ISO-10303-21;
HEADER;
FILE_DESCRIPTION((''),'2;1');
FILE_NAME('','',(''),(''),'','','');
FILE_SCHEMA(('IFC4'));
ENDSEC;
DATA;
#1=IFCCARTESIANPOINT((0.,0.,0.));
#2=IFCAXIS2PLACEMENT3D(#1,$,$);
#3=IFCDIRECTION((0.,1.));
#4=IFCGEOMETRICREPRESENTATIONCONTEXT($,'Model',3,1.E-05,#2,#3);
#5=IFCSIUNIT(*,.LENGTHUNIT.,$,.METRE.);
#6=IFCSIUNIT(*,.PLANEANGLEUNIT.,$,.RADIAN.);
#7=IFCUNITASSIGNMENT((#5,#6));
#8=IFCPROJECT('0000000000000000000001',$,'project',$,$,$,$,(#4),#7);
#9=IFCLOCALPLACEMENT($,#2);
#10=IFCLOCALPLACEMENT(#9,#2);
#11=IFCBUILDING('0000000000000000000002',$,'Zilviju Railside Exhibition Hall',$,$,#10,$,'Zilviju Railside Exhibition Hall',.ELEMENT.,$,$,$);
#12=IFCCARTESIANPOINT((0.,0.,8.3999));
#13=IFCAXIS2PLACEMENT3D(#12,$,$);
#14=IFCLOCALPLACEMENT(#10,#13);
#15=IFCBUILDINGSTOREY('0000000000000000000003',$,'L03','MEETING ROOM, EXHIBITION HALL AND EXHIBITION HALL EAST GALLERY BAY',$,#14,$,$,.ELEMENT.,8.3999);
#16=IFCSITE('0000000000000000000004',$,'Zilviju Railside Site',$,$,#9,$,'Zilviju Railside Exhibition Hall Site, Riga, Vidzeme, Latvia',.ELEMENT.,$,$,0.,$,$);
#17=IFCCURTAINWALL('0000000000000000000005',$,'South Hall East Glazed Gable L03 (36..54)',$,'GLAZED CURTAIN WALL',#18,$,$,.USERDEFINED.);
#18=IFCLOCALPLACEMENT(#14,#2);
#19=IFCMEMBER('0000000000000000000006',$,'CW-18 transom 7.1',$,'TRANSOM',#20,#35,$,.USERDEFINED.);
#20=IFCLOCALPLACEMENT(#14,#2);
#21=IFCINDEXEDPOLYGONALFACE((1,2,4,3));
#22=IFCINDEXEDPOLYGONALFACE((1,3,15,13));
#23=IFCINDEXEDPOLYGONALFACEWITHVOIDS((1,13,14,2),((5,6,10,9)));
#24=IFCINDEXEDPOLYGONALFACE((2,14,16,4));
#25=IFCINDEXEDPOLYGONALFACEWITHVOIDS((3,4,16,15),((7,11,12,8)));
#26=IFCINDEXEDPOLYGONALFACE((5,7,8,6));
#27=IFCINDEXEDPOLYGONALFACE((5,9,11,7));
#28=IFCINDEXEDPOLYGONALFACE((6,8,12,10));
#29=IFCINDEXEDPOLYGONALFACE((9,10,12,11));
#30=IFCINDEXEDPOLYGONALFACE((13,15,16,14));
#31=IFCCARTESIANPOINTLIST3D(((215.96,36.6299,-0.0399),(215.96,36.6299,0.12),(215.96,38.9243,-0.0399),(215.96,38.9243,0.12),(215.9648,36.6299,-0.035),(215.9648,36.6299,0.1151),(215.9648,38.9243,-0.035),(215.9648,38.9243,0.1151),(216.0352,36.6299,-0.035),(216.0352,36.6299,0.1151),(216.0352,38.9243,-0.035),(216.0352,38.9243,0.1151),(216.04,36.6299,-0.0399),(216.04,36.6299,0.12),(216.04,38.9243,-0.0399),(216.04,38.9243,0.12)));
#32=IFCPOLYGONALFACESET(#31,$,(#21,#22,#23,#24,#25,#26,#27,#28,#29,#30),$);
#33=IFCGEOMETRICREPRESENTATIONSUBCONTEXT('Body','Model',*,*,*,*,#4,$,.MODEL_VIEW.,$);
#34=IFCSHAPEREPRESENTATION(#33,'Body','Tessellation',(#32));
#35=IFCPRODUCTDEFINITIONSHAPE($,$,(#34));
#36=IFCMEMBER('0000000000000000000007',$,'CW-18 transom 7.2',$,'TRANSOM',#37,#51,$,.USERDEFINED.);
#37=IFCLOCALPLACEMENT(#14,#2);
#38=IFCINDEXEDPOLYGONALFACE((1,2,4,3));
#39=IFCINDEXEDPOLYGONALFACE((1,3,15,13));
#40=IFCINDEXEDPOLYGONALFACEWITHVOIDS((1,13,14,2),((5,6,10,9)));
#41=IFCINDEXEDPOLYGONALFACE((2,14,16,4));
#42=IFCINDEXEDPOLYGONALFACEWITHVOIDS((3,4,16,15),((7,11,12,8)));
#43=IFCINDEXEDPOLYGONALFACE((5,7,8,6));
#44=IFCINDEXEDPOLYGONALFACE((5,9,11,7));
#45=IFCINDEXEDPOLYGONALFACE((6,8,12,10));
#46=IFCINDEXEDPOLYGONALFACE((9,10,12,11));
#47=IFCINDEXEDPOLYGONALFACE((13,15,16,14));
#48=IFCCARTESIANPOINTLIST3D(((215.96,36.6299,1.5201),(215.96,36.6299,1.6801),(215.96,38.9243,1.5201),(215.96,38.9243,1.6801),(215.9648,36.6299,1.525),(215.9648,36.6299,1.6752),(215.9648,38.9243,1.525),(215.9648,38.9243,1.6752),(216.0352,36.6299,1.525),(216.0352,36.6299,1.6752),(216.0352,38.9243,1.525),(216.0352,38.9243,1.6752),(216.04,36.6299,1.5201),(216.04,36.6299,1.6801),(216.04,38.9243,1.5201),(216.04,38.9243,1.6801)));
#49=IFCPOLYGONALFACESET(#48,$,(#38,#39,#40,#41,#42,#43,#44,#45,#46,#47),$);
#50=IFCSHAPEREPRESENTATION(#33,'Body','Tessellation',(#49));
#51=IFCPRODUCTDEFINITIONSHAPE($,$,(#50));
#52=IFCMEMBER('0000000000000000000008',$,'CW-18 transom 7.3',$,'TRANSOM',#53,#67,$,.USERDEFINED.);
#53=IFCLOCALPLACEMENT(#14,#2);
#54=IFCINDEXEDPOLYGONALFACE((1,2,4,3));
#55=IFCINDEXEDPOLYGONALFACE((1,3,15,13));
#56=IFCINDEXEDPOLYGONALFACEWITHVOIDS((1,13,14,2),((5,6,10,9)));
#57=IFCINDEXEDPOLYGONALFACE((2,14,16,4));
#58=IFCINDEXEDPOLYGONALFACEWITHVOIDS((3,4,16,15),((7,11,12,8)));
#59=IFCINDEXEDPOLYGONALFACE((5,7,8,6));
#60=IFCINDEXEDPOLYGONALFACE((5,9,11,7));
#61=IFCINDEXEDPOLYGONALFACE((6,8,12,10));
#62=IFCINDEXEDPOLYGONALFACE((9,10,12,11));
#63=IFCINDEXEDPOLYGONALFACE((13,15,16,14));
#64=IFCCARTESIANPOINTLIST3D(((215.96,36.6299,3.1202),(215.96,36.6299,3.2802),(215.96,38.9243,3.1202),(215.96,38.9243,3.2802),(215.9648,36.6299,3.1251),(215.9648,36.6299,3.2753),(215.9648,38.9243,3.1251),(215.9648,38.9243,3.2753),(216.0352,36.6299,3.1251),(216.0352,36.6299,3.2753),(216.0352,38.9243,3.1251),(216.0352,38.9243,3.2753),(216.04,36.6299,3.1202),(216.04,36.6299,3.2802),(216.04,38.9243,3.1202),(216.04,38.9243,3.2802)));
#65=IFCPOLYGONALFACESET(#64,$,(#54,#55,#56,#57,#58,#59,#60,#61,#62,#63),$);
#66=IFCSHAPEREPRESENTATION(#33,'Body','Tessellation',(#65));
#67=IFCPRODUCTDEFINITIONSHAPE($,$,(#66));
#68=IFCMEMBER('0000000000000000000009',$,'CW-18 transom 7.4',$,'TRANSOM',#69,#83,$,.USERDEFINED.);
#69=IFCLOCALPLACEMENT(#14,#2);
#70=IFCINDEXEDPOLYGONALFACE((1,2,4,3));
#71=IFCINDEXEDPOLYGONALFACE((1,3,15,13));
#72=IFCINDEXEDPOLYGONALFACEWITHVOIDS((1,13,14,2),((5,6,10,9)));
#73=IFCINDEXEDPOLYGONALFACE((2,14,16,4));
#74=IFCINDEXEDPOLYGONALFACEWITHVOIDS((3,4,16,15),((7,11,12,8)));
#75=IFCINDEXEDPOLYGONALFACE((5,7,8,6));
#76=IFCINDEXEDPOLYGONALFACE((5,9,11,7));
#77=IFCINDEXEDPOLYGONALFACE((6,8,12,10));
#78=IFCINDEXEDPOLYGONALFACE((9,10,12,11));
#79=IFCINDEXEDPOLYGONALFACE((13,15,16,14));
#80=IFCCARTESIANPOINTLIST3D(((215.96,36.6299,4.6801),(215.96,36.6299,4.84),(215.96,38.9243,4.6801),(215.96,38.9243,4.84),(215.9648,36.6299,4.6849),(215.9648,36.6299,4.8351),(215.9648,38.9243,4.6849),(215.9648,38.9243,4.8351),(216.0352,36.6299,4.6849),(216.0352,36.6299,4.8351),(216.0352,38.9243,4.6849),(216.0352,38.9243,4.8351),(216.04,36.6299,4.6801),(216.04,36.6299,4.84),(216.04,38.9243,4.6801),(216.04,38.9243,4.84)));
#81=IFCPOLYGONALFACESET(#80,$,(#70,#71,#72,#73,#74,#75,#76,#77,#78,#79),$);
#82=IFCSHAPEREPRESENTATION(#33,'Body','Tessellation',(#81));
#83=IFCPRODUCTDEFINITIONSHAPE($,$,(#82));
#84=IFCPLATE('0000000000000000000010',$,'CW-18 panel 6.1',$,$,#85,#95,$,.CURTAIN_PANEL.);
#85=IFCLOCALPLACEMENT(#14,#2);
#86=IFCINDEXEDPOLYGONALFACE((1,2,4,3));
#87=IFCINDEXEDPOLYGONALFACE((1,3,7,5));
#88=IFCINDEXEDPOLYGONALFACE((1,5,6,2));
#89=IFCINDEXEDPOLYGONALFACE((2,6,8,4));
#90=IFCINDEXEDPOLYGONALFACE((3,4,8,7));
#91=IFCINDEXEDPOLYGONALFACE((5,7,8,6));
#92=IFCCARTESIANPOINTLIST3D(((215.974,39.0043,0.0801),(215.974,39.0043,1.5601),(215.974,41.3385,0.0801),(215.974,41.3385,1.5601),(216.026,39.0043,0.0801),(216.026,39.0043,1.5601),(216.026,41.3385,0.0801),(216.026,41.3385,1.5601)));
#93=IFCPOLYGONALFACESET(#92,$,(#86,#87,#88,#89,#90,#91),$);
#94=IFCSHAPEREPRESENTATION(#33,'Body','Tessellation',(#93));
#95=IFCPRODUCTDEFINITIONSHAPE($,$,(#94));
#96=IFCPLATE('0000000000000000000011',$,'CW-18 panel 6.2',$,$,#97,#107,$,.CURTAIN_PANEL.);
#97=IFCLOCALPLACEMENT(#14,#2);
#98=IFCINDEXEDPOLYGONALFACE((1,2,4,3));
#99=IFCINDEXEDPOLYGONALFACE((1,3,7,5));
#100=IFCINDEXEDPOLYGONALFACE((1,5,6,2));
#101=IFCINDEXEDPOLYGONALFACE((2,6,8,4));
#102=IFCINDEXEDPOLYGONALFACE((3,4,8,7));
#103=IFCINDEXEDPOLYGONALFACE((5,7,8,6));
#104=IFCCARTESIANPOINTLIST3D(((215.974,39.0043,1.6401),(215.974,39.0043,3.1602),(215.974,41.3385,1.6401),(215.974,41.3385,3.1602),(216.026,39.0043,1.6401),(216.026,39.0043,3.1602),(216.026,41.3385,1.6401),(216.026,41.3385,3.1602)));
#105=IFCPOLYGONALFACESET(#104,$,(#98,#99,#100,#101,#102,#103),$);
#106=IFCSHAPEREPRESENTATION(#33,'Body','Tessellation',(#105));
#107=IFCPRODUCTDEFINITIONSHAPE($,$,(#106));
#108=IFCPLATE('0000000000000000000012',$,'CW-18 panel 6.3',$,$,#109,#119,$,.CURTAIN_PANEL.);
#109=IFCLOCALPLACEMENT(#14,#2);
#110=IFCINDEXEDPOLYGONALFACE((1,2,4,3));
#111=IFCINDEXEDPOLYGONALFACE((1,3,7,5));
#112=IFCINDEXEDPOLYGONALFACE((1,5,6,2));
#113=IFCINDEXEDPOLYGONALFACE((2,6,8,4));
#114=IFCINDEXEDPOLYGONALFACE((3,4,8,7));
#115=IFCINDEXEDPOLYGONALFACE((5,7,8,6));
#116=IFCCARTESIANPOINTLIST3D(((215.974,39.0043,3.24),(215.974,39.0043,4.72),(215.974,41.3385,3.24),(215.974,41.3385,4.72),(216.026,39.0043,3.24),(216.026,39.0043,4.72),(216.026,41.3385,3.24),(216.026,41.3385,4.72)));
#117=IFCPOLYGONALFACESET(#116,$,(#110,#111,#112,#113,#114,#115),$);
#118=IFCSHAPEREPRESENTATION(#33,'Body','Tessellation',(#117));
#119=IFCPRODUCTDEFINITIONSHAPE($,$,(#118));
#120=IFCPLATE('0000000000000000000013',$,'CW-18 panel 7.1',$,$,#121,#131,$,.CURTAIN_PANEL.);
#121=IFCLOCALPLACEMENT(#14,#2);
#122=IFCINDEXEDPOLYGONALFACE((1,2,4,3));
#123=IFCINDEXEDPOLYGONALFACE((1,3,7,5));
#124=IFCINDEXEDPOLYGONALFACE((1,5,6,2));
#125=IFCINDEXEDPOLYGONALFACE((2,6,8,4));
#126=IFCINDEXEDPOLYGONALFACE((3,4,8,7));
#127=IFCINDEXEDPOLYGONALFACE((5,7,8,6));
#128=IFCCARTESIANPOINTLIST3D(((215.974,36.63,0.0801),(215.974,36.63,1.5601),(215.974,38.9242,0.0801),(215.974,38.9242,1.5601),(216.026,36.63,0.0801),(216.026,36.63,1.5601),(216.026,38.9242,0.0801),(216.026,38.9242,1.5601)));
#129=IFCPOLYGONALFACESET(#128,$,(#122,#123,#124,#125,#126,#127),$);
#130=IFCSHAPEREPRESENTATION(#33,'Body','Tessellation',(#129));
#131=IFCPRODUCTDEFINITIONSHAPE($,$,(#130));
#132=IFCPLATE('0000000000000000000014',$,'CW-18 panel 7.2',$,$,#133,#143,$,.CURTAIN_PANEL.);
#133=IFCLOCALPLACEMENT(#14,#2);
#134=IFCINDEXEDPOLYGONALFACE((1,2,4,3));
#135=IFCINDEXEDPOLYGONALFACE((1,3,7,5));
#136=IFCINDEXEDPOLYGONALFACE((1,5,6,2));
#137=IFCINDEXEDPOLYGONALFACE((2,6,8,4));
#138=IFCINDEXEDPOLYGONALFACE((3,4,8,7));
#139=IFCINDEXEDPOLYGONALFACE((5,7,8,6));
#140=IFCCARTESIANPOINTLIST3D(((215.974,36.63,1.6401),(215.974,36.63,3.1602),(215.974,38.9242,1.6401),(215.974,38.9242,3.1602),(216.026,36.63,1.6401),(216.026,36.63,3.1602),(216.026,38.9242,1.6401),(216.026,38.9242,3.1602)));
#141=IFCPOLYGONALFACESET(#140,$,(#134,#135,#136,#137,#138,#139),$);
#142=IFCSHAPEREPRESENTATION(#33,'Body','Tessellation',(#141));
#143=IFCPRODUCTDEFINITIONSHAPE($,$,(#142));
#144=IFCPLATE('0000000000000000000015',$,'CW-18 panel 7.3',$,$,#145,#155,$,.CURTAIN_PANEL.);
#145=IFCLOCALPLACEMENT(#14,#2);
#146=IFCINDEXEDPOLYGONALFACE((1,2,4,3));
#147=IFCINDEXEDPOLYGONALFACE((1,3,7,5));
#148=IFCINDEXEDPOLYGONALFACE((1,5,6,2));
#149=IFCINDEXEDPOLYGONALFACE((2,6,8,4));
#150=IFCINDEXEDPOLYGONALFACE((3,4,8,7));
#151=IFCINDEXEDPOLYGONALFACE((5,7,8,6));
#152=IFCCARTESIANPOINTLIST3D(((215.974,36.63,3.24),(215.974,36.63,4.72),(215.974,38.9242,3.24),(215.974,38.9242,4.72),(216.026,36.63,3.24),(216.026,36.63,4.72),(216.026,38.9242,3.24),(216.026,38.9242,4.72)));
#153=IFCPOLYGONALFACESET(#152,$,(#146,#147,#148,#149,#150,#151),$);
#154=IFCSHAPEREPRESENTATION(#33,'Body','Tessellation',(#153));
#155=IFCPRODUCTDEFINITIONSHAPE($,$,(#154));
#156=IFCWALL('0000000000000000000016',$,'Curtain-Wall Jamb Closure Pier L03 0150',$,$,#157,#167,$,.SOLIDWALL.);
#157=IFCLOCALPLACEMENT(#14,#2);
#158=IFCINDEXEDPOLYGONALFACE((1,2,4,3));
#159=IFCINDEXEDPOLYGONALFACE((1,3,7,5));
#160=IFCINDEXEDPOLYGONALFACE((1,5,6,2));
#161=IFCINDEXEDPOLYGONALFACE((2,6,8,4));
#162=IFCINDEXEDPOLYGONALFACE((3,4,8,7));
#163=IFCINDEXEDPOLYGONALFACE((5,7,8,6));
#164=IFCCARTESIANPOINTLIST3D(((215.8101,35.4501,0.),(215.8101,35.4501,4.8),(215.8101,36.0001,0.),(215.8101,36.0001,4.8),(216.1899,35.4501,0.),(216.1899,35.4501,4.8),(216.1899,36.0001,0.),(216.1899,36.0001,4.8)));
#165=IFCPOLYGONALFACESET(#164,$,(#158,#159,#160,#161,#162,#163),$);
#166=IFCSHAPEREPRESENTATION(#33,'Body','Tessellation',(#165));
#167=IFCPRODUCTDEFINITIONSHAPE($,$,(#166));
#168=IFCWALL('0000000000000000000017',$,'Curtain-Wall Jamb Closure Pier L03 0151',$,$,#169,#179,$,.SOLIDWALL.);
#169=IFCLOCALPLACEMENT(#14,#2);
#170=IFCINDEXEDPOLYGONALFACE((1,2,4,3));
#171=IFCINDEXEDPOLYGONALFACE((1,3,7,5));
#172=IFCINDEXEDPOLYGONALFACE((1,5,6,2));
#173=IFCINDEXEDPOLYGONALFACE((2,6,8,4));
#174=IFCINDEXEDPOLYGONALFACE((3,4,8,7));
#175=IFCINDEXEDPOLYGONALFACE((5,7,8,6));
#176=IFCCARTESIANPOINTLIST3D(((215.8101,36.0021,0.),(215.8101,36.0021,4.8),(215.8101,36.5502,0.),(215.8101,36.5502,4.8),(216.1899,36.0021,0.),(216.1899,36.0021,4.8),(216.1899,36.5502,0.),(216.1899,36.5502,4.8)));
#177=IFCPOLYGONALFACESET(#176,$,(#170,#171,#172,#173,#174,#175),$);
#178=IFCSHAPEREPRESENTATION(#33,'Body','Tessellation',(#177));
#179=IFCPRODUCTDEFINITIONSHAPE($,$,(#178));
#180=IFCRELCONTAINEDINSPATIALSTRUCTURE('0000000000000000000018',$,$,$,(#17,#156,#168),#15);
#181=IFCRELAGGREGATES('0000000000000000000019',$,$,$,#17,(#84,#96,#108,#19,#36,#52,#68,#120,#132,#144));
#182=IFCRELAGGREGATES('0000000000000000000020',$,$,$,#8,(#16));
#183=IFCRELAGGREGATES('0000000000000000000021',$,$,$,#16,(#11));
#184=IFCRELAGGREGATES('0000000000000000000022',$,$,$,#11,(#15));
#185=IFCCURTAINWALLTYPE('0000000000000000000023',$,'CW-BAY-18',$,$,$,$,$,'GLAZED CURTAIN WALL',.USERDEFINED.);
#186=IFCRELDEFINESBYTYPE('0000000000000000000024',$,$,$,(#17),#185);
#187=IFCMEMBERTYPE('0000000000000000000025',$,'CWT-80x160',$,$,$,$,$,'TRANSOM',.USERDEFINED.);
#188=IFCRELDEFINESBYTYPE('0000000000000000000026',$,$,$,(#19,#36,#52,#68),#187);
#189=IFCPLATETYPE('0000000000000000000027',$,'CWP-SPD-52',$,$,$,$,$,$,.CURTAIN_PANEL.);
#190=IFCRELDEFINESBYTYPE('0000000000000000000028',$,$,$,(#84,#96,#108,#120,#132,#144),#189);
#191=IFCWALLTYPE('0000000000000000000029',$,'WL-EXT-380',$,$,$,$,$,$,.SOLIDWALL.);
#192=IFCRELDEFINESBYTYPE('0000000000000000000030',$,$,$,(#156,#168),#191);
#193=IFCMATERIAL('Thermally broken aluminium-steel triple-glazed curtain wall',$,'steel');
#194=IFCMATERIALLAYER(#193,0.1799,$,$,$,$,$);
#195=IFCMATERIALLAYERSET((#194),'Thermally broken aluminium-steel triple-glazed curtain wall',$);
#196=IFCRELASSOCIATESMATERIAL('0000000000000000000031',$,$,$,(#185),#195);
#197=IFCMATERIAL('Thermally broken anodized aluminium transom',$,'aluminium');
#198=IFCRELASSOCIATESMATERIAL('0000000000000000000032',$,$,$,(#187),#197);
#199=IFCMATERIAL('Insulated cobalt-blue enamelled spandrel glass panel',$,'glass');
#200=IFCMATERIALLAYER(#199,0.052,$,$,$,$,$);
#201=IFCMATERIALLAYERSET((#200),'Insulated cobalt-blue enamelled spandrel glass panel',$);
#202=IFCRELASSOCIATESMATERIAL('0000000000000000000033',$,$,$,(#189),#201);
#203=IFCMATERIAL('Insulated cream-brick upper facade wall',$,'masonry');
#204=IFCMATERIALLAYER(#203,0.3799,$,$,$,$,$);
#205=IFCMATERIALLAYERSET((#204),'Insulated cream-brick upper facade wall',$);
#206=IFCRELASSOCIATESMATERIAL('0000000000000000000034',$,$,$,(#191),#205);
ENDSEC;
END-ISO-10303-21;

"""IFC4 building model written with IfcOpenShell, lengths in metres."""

from ifc_helpers import new_model, si_unit, direction, frame, frame_2d, origin, origin_2d, place, context, subcontext, project, spatial, rectangle, hollow_rectangle, extrude, material, layer, layer_set, material_profile, profile_set, type_object, element, aggregate, save


model = new_model("IFC4")

# Units and contexts
model_context = context("Model", 3, precision=1e-05, world=origin(), true_north=direction((0.0, 1.0)))
body_context = subcontext(model_context, "Body", "Model", "MODEL_VIEW")
ifc_project = project(units=[si_unit("LENGTHUNIT", "METRE"), si_unit("PLANEANGLEUNIT", "RADIAN")], contexts=[model_context])

# Site, building, storey
site_placement = place(None, origin())
site = spatial("IfcSite", under=ifc_project, at=site_placement, Name="Zilviju Railside Site", LongName="Zilviju Railside Exhibition Hall Site, Riga, Vidzeme, Latvia", CompositionType="ELEMENT", RefElevation=0.0)
building_placement = place(site_placement, origin())
building = spatial("IfcBuilding", under=site, at=building_placement, Name="Zilviju Railside Exhibition Hall", LongName="Zilviju Railside Exhibition Hall", CompositionType="ELEMENT")
storey_placement = place(building_placement, frame((0.0, 0.0, 8.3999)))
storey = spatial("IfcBuildingStorey", under=building, at=storey_placement, Name="L03", Description="MEETING ROOM, EXHIBITION HALL AND EXHIBITION HALL EAST GALLERY BAY", CompositionType="ELEMENT", Elevation=8.3999)

# Shared definitions
ifc_material_1 = material(Name="Thermally broken aluminium-steel triple-glazed curtain wall", Category="steel")

# Curtain wall
ifc_layer_1 = layer(ifc_material_1, 0.1799)
ifc_layer_set_1 = layer_set([ifc_layer_1], Name="Thermally broken aluminium-steel triple-glazed curtain wall")
curtain_wall_type_1 = type_object("IfcCurtainWallType", Name="CW-BAY-18", ElementType="GLAZED CURTAIN WALL", PredefinedType="USERDEFINED", material=ifc_layer_set_1)
curtain_wall_1_placement = place(storey_placement, origin())
curtain_wall_1 = element("IfcCurtainWall", 1, at=curtain_wall_1_placement, inside=storey, type_object=curtain_wall_type_1, Name="South Hall East Glazed Gable L03 (36..54)", ObjectType="GLAZED CURTAIN WALL", PredefinedType="USERDEFINED")

# Members
ifc_material_2 = material(Name="Thermally broken anodized aluminium transom", Category="aluminium")
ifc_material_profile_1 = material_profile(ifc_material_2, hollow_rectangle(XDim=0.0801, YDim=0.1599, WallThickness=0.0049, at=origin_2d()), Name="TRANSOM 160x80x5")
ifc_profile_set_1 = profile_set([ifc_material_profile_1], Name="Thermally broken anodized aluminium transom")
member_type_1 = type_object("IfcMemberType", Name="CWT-80x160", ElementType="TRANSOM", PredefinedType="USERDEFINED", material=ifc_profile_set_1)
member_1_placement = place(storey_placement, frame((216.0, 38.9243, 0.04), z_axis=(0.0, -1.0, 0.0), x_axis=(1.0, 0.0, 0.0)))
member_1 = element("IfcMember", 2, at=member_1_placement, type_object=member_type_1, Name="CW-18 transom 7.1", ObjectType="TRANSOM", PredefinedType="USERDEFINED", context=body_context, shape_type="SweptSolid", body=[
    extrude(hollow_rectangle(XDim=0.0801, YDim=0.1599, WallThickness=0.0049, at=origin_2d()), origin(), (0.0, 0.0, 1.0), 2.2944),
])
member_2_placement = place(storey_placement, frame((216.0, 38.9243, 1.6001), z_axis=(0.0, -1.0, 0.0), x_axis=(1.0, 0.0, 0.0)))
member_2 = element("IfcMember", 3, at=member_2_placement, type_object=member_type_1, Name="CW-18 transom 7.2", ObjectType="TRANSOM", PredefinedType="USERDEFINED", context=body_context, shape_type="SweptSolid", body=[
    extrude(hollow_rectangle(XDim=0.0801, YDim=0.1599, WallThickness=0.0049, at=origin_2d()), origin(), (0.0, 0.0, 1.0), 2.2944),
])
member_3_placement = place(storey_placement, frame((216.0, 38.9243, 3.2002), z_axis=(0.0, -1.0, 0.0), x_axis=(1.0, 0.0, 0.0)))
member_3 = element("IfcMember", 4, at=member_3_placement, type_object=member_type_1, Name="CW-18 transom 7.3", ObjectType="TRANSOM", PredefinedType="USERDEFINED", context=body_context, shape_type="SweptSolid", body=[
    extrude(hollow_rectangle(XDim=0.0801, YDim=0.1599, WallThickness=0.0049, at=origin_2d()), origin(), (0.0, 0.0, 1.0), 2.2944),
])
member_4_placement = place(storey_placement, frame((216.0, 38.9243, 4.76), z_axis=(0.0, -1.0, 0.0), x_axis=(1.0, 0.0, 0.0)))
member_4 = element("IfcMember", 5, at=member_4_placement, type_object=member_type_1, Name="CW-18 transom 7.4", ObjectType="TRANSOM", PredefinedType="USERDEFINED", context=body_context, shape_type="SweptSolid", body=[
    extrude(hollow_rectangle(XDim=0.0801, YDim=0.1599, WallThickness=0.0049, at=origin_2d()), origin(), (0.0, 0.0, 1.0), 2.2944),
])

# Plates
ifc_material_3 = material(Name="Insulated cobalt-blue enamelled spandrel glass panel", Category="glass")
ifc_layer_2 = layer(ifc_material_3, 0.052)
ifc_layer_set_2 = layer_set([ifc_layer_2], Name="Insulated cobalt-blue enamelled spandrel glass panel")
plate_type = type_object("IfcPlateType", Name="CWP-SPD-52", PredefinedType="CURTAIN_PANEL", material=ifc_layer_set_2)
plate_1_placement = place(storey_placement, frame((216.0, 40.1714, 0.0801), z_axis=(0.0, 0.0, 1.0), x_axis=(0.0, -1.0, 0.0)))
plate_1 = element("IfcPlate", 6, at=plate_1_placement, type_object=plate_type, Name="CW-18 panel 6.1", PredefinedType="CURTAIN_PANEL", context=body_context, shape_type="SweptSolid", body=[
    extrude(rectangle(XDim=2.3342, YDim=0.052, at=origin_2d()), origin(), (0.0, 0.0, 1.0), 1.48),
])
plate_2_placement = place(storey_placement, frame((216.0, 40.1714, 1.6401), z_axis=(0.0, 0.0, 1.0), x_axis=(0.0, -1.0, 0.0)))
plate_2 = element("IfcPlate", 7, at=plate_2_placement, type_object=plate_type, Name="CW-18 panel 6.2", PredefinedType="CURTAIN_PANEL", context=body_context, shape_type="SweptSolid", body=[
    extrude(rectangle(XDim=2.3342, YDim=0.052, at=origin_2d()), origin(), (0.0, 0.0, 1.0), 1.52),
])
plate_3_placement = place(storey_placement, frame((216.0, 40.1714, 3.24), z_axis=(0.0, 0.0, 1.0), x_axis=(0.0, -1.0, 0.0)))
plate_3 = element("IfcPlate", 8, at=plate_3_placement, type_object=plate_type, Name="CW-18 panel 6.3", PredefinedType="CURTAIN_PANEL", context=body_context, shape_type="SweptSolid", body=[
    extrude(rectangle(XDim=2.3342, YDim=0.052, at=origin_2d()), origin(), (0.0, 0.0, 1.0), 1.48),
])
plate_4_placement = place(storey_placement, frame((216.0, 37.7771, 0.0801), z_axis=(0.0, 0.0, 1.0), x_axis=(0.0, -1.0, 0.0)))
plate_4 = element("IfcPlate", 9, at=plate_4_placement, type_object=plate_type, Name="CW-18 panel 7.1", PredefinedType="CURTAIN_PANEL", context=body_context, shape_type="SweptSolid", body=[
    extrude(rectangle(XDim=2.2942, YDim=0.052, at=origin_2d()), origin(), (0.0, 0.0, 1.0), 1.48),
])
plate_5_placement = place(storey_placement, frame((216.0, 37.7771, 1.6401), z_axis=(0.0, 0.0, 1.0), x_axis=(0.0, -1.0, 0.0)))
plate_5 = element("IfcPlate", 10, at=plate_5_placement, type_object=plate_type, Name="CW-18 panel 7.2", PredefinedType="CURTAIN_PANEL", context=body_context, shape_type="SweptSolid", body=[
    extrude(rectangle(XDim=2.2942, YDim=0.052, at=origin_2d()), origin(), (0.0, 0.0, 1.0), 1.52),
])
plate_6_placement = place(storey_placement, frame((216.0, 37.7771, 3.24), z_axis=(0.0, 0.0, 1.0), x_axis=(0.0, -1.0, 0.0)))
plate_6 = element("IfcPlate", 11, at=plate_6_placement, type_object=plate_type, Name="CW-18 panel 7.3", PredefinedType="CURTAIN_PANEL", context=body_context, shape_type="SweptSolid", body=[
    extrude(rectangle(XDim=2.2942, YDim=0.052, at=origin_2d()), origin(), (0.0, 0.0, 1.0), 1.48),
])
aggregate(curtain_wall_1, [plate_1, plate_2, plate_3, member_1, member_2, member_3, member_4, plate_4, plate_5, plate_6])

# Walls
ifc_material_4 = material(Name="Insulated cream-brick upper facade wall", Category="masonry")
ifc_layer_3 = layer(ifc_material_4, 0.3799)
ifc_layer_set_3 = layer_set([ifc_layer_3], Name="Insulated cream-brick upper facade wall")
wall_type = type_object("IfcWallType", Name="WL-EXT-380", PredefinedType="SOLIDWALL", material=ifc_layer_set_3)
wall_1_placement = place(storey_placement, frame((216.0, 36.0, 0.0), z_axis=(0.0, 0.0, 1.0), x_axis=(0.0, -1.0, 0.0)))
element("IfcWall", 12, at=wall_1_placement, inside=storey, type_object=wall_type, Name="Curtain-Wall Jamb Closure Pier L03 0150", PredefinedType="SOLIDWALL", context=body_context, shape_type="SweptSolid", body=[
    extrude(rectangle(XDim=0.55, YDim=0.3799, at=frame_2d((0.2749, 0.0))), origin(), (0.0, 0.0, 1.0), 4.8),
])
wall_2_placement = place(storey_placement, frame((216.0, 36.55, 0.0), z_axis=(0.0, 0.0, 1.0), x_axis=(0.0, -1.0, 0.0)))
element("IfcWall", 13, at=wall_2_placement, inside=storey, type_object=wall_type, Name="Curtain-Wall Jamb Closure Pier L03 0151", PredefinedType="SOLIDWALL", context=body_context, shape_type="SweptSolid", body=[
    extrude(rectangle(XDim=0.5481, YDim=0.3799, at=frame_2d((0.2739, 0.0))), origin(), (0.0, 0.0, 1.0), 4.8),
])

save(model, "model.ifc")
